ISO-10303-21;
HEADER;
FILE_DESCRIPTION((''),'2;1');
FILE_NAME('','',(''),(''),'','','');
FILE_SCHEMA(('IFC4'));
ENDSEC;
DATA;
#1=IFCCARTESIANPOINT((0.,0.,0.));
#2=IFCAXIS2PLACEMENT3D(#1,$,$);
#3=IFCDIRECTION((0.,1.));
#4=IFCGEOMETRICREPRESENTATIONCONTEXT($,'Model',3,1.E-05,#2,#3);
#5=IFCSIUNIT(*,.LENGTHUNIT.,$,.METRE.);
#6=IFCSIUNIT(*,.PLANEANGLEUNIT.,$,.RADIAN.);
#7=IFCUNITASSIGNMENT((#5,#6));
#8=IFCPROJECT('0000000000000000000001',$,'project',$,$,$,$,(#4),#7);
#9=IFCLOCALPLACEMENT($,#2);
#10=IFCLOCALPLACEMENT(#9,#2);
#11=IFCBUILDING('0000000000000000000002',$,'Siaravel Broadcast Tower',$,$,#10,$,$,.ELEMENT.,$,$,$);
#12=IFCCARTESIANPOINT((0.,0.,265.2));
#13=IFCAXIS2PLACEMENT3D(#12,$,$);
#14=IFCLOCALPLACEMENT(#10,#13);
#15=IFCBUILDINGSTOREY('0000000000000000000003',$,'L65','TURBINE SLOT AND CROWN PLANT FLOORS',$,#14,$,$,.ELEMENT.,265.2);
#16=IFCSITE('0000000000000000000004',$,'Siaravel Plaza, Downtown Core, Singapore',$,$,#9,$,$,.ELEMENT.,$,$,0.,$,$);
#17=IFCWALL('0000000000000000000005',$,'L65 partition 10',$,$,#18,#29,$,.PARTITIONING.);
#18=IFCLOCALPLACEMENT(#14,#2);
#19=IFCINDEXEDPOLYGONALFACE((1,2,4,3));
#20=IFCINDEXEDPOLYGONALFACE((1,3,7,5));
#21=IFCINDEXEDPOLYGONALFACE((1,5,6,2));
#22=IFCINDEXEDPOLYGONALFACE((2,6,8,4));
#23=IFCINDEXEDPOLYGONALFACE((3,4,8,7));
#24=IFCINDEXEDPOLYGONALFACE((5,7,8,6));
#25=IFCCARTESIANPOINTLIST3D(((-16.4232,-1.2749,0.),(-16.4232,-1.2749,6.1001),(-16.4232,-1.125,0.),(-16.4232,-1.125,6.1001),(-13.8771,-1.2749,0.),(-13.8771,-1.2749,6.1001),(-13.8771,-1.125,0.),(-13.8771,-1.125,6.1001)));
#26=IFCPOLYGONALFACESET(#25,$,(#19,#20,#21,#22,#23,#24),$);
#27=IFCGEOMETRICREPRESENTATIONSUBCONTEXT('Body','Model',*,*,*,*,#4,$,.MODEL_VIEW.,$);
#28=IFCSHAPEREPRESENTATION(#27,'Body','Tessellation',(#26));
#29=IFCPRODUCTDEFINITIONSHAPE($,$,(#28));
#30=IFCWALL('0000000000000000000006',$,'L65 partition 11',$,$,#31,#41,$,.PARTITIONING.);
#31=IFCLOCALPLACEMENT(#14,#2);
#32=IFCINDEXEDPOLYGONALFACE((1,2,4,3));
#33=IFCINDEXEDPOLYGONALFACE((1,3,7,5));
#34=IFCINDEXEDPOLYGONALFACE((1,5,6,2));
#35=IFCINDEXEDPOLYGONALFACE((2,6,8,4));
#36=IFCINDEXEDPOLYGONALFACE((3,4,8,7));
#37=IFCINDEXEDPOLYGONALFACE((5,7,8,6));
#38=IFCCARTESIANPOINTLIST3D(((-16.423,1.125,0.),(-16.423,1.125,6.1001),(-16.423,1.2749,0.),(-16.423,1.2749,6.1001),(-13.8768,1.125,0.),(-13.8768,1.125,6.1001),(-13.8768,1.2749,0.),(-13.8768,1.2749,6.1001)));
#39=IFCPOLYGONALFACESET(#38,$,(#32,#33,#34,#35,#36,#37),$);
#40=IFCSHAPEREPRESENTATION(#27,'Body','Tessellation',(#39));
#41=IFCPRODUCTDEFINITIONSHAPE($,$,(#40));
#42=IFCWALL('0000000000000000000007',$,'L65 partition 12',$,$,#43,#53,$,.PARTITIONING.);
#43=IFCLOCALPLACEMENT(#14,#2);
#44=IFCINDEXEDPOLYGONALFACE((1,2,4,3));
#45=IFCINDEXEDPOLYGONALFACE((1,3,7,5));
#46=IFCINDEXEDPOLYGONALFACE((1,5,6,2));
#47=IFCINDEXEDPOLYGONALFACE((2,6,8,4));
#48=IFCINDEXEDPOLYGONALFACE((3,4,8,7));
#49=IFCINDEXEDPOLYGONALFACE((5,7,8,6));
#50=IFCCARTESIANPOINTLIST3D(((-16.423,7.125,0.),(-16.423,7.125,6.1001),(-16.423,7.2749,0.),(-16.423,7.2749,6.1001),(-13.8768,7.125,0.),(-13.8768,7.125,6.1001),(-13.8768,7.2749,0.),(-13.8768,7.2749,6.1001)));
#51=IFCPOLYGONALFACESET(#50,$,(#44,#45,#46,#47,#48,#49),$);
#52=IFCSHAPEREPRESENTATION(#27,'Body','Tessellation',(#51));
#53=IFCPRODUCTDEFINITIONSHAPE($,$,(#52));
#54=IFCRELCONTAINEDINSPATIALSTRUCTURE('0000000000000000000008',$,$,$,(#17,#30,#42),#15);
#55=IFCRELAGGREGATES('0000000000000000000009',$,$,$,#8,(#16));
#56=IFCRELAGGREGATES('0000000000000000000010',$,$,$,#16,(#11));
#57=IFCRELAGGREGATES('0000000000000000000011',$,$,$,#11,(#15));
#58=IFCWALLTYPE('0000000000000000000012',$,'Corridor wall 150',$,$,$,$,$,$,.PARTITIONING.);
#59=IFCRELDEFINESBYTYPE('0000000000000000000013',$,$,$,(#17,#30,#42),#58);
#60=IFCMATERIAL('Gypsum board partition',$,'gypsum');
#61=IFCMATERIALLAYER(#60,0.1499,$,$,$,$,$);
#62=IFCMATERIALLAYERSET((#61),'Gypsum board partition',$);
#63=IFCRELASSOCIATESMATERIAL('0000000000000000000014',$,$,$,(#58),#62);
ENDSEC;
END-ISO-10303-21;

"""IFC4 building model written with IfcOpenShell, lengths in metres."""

from ifc_helpers import new_model, si_unit, direction, frame, frame_2d, origin, place, context, subcontext, project, spatial, rectangle, extrude, material, layer, layer_set, type_object, element, save


model = new_model("IFC4")

# Units and contexts
model_context = context("Model", 3, precision=1e-05, world=origin(), true_north=direction((0.0, 1.0)))
body_context = subcontext(model_context, "Body", "Model", "MODEL_VIEW")
ifc_project = project(units=[si_unit("LENGTHUNIT", "METRE"), si_unit("PLANEANGLEUNIT", "RADIAN")], contexts=[model_context])

# Site, building, storey
site_placement = place(None, origin())
site = spatial("IfcSite", under=ifc_project, at=site_placement, Name="Siaravel Plaza, Downtown Core, Singapore", CompositionType="ELEMENT", RefElevation=0.0)
building_placement = place(site_placement, origin())
building = spatial("IfcBuilding", under=site, at=building_placement, Name="Siaravel Broadcast Tower", CompositionType="ELEMENT")
storey_placement = place(building_placement, frame((0.0, 0.0, 265.2)))
storey = spatial("IfcBuildingStorey", under=building, at=storey_placement, Name="L65", Description="TURBINE SLOT AND CROWN PLANT FLOORS", CompositionType="ELEMENT", Elevation=265.2)

# Shared definitions
ifc_material_1 = material(Name="Gypsum board partition", Category="gypsum")
ifc_layer = layer(ifc_material_1, 0.1499)
ifc_layer_set = layer_set([ifc_layer], Name="Gypsum board partition")
wall_type = type_object("IfcWallType", Name="Corridor wall 150", PredefinedType="PARTITIONING", material=ifc_layer_set)

# Walls
for number, where, z_axis, x_axis, name in (
    (1, (-16.4231, -1.2, 0.0), (0.0, 0.0, 1.0), (1.0, 0.0, 0.0), "L65 partition 10"),
    (2, (-13.877, 1.2, 0.0), (0.0, 0.0, 1.0), (-1.0, 0.0, 0.0), "L65 partition 11"),
    (3, (-13.877, 7.2, 0.0), (0.0, 0.0, 1.0), (-1.0, 0.0, 0.0), "L65 partition 12"),
):
    element("IfcWall", number, at=place(storey_placement, frame(where, z_axis=z_axis, x_axis=x_axis)), inside=storey, type_object=wall_type, Name=name, PredefinedType="PARTITIONING", context=body_context, shape_type="SweptSolid", body=[
        extrude(rectangle(XDim=2.5461, YDim=0.1499, at=frame_2d((1.2729, 0.0))), origin(), (0.0, 0.0, 1.0), 6.1001),
    ])

save(model, "model.ifc")
